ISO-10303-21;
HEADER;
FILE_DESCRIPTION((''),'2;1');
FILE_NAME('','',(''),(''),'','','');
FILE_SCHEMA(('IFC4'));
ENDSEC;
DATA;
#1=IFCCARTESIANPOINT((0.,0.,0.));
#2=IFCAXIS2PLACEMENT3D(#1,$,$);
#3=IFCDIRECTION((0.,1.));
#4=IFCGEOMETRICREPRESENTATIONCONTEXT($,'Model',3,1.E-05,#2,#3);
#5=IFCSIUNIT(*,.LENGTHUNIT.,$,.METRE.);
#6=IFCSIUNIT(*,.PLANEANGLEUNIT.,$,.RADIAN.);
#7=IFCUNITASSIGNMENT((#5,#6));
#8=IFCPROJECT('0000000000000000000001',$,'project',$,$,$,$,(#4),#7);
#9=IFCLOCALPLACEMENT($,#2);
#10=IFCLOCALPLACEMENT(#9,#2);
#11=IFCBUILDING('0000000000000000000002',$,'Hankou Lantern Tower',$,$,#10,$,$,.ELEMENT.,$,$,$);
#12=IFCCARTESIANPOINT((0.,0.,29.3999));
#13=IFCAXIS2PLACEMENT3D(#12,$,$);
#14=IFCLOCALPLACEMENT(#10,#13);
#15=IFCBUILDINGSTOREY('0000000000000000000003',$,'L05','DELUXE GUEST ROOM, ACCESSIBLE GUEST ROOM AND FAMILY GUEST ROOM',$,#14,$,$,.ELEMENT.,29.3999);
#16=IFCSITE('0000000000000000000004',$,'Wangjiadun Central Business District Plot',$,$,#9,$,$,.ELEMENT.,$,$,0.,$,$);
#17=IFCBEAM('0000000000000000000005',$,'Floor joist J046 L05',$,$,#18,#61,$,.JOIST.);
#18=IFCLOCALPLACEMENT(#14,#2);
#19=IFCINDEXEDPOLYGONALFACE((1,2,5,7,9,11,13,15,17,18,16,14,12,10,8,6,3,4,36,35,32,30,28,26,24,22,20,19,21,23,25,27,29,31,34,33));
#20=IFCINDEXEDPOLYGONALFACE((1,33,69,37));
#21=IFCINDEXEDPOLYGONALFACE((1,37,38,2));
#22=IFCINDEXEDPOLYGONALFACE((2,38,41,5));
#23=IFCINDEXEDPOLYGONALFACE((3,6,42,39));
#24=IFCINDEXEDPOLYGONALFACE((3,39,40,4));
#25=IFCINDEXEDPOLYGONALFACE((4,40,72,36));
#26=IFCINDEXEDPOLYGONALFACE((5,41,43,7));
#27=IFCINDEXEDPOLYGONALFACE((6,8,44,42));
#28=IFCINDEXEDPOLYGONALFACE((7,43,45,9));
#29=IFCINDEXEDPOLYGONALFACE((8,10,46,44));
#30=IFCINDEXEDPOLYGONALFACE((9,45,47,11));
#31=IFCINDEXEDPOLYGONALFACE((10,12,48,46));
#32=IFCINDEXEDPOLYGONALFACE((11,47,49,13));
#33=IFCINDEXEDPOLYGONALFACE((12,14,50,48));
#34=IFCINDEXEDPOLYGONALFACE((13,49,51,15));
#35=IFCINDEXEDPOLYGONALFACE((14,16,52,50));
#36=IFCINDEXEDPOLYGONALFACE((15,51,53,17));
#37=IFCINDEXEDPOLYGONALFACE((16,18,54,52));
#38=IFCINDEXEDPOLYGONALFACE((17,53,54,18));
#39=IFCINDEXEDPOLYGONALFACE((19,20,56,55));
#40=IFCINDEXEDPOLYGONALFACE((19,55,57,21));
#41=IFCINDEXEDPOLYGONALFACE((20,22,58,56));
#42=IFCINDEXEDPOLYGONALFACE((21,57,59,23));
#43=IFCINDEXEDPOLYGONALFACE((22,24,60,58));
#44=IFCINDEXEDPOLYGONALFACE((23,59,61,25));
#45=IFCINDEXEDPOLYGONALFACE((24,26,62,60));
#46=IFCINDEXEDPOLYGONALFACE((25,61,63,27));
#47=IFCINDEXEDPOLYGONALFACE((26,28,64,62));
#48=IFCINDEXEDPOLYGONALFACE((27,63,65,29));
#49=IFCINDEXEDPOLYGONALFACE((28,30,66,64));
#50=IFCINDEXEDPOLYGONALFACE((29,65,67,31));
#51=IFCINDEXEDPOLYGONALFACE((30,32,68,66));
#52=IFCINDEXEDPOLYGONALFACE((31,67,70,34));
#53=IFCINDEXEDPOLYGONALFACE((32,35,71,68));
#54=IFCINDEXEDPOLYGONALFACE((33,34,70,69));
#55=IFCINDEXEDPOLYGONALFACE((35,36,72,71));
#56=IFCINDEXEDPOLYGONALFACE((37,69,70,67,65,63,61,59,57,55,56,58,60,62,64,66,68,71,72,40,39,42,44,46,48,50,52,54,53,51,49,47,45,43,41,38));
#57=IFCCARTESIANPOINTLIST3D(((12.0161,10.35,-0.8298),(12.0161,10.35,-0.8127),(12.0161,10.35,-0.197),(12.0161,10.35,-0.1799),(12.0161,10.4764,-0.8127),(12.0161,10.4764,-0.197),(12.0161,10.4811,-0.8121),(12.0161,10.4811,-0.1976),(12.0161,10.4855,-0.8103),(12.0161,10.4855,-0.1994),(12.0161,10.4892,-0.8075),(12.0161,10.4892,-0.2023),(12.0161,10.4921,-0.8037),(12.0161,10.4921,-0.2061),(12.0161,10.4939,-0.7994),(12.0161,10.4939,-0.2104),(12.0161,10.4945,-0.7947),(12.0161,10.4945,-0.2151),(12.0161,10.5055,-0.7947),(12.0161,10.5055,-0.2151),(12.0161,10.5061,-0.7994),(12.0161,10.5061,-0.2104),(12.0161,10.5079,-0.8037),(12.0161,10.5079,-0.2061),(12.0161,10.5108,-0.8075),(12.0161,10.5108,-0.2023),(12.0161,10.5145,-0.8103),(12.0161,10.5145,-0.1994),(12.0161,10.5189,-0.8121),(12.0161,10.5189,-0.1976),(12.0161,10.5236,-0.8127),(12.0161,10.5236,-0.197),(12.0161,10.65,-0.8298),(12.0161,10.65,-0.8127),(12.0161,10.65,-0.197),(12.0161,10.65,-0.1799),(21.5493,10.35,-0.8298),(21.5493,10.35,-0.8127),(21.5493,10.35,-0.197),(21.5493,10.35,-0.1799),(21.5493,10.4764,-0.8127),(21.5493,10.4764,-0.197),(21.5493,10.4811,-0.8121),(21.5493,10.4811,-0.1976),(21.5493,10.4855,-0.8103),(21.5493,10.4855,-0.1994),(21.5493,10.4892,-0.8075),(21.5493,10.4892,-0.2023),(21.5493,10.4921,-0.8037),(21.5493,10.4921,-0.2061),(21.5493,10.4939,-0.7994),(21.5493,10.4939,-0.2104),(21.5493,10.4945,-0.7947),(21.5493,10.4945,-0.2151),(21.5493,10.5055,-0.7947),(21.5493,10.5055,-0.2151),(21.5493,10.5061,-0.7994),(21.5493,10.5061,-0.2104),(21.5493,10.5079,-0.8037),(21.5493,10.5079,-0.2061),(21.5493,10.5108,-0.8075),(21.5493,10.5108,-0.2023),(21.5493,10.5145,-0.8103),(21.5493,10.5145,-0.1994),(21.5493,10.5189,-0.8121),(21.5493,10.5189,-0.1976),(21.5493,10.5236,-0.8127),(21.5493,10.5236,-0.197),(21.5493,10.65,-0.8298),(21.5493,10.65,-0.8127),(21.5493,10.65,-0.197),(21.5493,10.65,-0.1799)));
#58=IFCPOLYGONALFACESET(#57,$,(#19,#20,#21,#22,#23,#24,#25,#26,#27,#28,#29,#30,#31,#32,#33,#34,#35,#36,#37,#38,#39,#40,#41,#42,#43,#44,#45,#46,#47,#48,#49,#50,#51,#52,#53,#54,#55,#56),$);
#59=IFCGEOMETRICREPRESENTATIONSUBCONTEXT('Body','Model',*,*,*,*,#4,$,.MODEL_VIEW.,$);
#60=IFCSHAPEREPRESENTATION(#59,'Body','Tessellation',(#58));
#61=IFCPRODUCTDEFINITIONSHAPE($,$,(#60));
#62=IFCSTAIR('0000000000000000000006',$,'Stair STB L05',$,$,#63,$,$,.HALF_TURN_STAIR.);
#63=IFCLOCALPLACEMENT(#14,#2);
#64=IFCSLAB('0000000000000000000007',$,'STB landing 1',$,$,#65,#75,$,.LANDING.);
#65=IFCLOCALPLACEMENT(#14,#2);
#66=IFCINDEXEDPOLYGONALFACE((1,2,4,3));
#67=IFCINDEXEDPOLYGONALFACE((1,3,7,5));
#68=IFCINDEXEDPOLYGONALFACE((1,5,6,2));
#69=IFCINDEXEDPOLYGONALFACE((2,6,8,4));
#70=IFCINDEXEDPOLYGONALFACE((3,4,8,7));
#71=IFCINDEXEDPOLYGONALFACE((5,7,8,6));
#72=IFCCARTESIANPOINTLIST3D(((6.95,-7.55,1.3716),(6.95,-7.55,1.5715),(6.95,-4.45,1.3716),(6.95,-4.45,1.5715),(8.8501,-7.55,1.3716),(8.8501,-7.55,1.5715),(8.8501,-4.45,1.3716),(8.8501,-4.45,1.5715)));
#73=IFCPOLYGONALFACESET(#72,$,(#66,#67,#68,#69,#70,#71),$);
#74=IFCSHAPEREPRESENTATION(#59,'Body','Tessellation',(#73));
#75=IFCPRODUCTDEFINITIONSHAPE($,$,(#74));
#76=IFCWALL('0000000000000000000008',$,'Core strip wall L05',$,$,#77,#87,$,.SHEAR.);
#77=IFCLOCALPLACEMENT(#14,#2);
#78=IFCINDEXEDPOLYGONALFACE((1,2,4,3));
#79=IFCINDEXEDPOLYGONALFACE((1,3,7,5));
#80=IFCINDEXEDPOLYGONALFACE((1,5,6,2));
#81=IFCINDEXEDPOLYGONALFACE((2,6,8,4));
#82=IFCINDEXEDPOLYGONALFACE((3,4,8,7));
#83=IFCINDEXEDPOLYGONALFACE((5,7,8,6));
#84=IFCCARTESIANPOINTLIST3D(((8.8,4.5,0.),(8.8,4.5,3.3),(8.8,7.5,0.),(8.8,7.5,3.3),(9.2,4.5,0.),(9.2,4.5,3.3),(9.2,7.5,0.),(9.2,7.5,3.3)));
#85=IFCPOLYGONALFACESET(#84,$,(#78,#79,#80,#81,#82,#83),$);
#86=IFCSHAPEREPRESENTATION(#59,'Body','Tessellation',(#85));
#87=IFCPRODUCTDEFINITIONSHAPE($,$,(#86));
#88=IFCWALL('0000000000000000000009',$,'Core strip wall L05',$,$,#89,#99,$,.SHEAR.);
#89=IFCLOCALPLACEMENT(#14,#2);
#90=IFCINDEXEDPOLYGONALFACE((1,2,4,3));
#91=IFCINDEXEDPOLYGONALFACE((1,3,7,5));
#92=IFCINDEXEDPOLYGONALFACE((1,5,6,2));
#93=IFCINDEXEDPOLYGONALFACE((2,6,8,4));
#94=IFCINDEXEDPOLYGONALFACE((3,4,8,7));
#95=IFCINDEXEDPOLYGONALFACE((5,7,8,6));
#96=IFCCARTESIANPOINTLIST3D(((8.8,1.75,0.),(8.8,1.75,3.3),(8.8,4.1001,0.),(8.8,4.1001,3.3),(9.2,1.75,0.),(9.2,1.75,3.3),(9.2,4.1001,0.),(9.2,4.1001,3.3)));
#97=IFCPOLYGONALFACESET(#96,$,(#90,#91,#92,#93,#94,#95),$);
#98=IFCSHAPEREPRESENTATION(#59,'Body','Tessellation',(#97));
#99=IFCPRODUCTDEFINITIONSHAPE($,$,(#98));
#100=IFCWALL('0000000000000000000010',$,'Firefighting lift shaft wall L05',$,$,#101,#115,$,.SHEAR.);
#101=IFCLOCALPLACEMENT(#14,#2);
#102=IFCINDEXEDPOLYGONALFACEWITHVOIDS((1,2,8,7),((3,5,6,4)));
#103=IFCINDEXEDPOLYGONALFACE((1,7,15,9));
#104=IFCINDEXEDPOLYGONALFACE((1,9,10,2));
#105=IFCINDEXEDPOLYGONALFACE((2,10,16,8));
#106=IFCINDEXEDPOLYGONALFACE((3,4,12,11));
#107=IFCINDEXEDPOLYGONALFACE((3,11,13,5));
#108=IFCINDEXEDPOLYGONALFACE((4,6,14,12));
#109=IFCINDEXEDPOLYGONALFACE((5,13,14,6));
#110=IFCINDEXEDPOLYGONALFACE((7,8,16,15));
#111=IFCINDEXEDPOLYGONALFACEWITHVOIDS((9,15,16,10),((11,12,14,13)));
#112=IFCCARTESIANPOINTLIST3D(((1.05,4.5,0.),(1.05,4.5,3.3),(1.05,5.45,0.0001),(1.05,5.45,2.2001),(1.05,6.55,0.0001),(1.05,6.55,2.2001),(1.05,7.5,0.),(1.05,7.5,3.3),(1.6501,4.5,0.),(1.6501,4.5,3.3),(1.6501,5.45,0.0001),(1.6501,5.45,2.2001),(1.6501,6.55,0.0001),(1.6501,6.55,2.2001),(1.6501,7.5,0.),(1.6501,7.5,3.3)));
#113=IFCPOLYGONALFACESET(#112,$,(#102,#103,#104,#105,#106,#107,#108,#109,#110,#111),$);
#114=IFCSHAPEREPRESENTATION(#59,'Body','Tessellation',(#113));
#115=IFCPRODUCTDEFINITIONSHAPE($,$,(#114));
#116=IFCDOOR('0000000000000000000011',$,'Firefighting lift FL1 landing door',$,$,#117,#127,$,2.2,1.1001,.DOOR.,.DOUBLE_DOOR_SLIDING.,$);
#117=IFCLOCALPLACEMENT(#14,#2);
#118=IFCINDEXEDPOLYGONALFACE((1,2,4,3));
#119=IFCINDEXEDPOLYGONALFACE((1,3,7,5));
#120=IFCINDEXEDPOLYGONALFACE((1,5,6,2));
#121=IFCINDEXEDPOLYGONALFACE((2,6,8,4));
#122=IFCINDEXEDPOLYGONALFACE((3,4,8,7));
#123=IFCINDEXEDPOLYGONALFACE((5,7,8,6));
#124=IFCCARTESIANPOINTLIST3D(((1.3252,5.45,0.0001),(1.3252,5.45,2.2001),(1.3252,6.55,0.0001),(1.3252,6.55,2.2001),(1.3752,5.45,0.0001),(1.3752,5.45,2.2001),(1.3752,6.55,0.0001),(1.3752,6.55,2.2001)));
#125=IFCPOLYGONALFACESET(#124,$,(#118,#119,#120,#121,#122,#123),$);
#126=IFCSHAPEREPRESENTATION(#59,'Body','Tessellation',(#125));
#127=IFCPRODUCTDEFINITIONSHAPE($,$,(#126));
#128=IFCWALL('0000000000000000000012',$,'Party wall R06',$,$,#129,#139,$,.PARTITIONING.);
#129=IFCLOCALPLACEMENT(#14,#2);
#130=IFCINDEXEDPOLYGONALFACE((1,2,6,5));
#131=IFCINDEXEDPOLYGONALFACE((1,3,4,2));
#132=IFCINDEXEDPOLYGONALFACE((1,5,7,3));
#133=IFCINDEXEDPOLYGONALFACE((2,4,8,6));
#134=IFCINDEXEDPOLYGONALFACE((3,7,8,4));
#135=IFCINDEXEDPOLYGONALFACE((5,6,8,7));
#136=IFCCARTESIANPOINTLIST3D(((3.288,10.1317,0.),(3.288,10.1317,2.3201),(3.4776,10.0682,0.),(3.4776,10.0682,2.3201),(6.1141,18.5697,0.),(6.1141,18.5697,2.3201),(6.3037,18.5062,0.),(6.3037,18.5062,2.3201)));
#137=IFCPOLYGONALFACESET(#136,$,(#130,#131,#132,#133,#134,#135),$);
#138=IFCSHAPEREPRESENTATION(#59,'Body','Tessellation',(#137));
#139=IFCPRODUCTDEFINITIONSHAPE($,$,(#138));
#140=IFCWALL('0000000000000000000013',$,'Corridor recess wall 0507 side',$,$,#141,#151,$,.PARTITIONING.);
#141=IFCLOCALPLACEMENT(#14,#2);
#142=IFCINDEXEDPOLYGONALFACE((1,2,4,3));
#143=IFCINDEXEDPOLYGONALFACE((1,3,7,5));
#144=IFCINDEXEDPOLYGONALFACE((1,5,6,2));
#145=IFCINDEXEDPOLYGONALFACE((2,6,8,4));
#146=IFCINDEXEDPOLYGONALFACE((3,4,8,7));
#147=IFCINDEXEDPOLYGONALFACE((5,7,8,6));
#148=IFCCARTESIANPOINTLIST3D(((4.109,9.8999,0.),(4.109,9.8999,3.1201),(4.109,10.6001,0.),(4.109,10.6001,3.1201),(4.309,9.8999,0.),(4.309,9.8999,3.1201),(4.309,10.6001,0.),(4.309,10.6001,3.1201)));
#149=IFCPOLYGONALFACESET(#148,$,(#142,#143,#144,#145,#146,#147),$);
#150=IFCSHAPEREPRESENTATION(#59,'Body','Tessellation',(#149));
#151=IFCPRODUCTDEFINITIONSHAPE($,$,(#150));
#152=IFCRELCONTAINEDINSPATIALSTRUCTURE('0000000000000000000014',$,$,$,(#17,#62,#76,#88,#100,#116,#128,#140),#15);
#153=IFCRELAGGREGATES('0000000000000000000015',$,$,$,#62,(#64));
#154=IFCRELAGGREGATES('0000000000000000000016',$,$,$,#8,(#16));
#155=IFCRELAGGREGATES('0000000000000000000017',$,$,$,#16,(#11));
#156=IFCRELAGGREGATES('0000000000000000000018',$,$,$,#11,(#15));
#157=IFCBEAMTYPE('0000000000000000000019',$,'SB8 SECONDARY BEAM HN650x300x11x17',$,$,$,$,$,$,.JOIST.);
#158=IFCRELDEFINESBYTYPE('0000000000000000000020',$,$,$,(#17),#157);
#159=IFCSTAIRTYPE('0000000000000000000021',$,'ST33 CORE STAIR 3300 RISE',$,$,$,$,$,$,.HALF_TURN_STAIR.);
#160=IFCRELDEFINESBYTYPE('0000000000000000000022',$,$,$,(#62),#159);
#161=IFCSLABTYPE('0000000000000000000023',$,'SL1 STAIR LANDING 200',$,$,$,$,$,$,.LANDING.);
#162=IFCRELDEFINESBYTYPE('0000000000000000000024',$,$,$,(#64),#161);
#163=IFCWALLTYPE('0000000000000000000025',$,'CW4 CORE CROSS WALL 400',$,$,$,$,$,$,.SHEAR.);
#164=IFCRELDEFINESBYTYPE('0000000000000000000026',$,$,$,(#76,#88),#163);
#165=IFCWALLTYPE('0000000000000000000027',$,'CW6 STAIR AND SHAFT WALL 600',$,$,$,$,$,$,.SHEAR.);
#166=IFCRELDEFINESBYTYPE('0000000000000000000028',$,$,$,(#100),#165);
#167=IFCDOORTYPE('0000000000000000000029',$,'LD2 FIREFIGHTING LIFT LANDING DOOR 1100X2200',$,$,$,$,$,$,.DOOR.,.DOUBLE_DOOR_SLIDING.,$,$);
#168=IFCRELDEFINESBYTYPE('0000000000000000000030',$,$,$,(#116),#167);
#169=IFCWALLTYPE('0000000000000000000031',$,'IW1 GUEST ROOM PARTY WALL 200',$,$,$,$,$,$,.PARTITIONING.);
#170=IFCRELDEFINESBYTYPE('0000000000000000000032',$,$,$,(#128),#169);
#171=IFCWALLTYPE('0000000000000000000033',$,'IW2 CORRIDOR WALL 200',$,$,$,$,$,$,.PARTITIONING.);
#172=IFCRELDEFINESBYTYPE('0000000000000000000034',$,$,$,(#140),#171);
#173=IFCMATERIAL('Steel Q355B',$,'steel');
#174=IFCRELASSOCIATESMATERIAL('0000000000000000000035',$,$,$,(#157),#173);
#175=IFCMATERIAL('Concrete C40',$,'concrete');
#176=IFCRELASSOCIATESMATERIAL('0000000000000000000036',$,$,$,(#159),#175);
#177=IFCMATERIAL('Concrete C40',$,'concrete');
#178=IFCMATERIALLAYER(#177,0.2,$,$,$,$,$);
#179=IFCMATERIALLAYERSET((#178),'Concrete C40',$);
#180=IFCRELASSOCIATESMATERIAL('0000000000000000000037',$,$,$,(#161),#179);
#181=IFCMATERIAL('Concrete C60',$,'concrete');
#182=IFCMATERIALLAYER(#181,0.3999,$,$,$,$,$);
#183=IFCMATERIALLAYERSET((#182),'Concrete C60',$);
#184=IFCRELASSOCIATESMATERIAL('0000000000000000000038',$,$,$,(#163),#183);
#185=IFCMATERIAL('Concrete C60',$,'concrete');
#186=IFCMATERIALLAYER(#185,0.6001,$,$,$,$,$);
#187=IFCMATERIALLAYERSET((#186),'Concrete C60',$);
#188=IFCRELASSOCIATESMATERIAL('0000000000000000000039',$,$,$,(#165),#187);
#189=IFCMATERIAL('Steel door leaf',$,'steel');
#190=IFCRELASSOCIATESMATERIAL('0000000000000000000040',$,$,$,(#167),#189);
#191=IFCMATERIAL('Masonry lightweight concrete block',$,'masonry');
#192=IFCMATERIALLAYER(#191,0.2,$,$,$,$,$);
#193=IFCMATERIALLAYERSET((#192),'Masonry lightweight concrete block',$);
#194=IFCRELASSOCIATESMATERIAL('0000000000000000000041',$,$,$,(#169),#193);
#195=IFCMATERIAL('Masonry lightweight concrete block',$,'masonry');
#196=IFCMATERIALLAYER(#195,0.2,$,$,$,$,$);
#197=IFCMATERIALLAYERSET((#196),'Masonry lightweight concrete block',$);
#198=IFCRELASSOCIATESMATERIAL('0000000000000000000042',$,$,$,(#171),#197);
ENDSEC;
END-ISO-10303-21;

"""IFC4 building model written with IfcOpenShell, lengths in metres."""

from ifc_helpers import new_model, si_unit, direction, frame, frame_2d, origin, origin_2d, place, context, subcontext, project, spatial, polyline, rectangle, i_section, outline, extrude, material, layer, layer_set, material_profile, profile_set, type_object, element, fill, aggregate, save


model = new_model("IFC4")

# Units and contexts
model_context = context("Model", 3, precision=1e-05, world=origin(), true_north=direction((0.0, 1.0)))
body_context = subcontext(model_context, "Body", "Model", "MODEL_VIEW")
ifc_project = project(units=[si_unit("LENGTHUNIT", "METRE"), si_unit("PLANEANGLEUNIT", "RADIAN")], contexts=[model_context])

# Site, building, storey
site_placement = place(None, origin())
site = spatial("IfcSite", under=ifc_project, at=site_placement, Name="Wangjiadun Central Business District Plot", CompositionType="ELEMENT", RefElevation=0.0)
building_placement = place(site_placement, origin())
building = spatial("IfcBuilding", under=site, at=building_placement, Name="Hankou Lantern Tower", CompositionType="ELEMENT")
storey_placement = place(building_placement, frame((0.0, 0.0, 29.3999)))
storey = spatial("IfcBuildingStorey", under=building, at=storey_placement, Name="L05", Description="DELUXE GUEST ROOM, ACCESSIBLE GUEST ROOM AND FAMILY GUEST ROOM", CompositionType="ELEMENT", Elevation=29.3999)

# Beam
ifc_material_1 = material(Name="Steel Q355B", Category="steel")
ifc_material_profile_1 = material_profile(ifc_material_1, i_section(OverallWidth=0.3, OverallDepth=0.6499, WebThickness=0.011, FlangeThickness=0.0171, FilletRadius=0.0181, at=origin_2d()), Name="HN650x300x11x17")
ifc_profile_set_1 = profile_set([ifc_material_profile_1], Name="Steel Q355B")
beam_type_1 = type_object("IfcBeamType", Name="SB8 SECONDARY BEAM HN650x300x11x17", PredefinedType="JOIST", material=ifc_profile_set_1)
beam_1_placement = place(storey_placement, frame((12.0161, 10.5, -0.5049), z_axis=(1.0, 0.0, 0.0), x_axis=(0.0, 1.0, 0.0)))
element("IfcBeam", 1, at=beam_1_placement, inside=storey, type_object=beam_type_1, Name="Floor joist J046 L05", PredefinedType="JOIST", context=body_context, shape_type="SweptSolid", body=[
    extrude(i_section(OverallWidth=0.3, OverallDepth=0.6499, WebThickness=0.011, FlangeThickness=0.0171, FilletRadius=0.0181, at=origin_2d()), origin(), (0.0, 0.0, 1.0), 9.5332),
])

# Stair, slab
ifc_material_2 = material(Name="Concrete C40", Category="concrete")
stair_type = type_object("IfcStairType", Name="ST33 CORE STAIR 3300 RISE", PredefinedType="HALF_TURN_STAIR", material=ifc_material_2)
stair_placement = place(storey_placement, origin())
stair = element("IfcStair", 2, at=stair_placement, inside=storey, type_object=stair_type, Name="Stair STB L05", PredefinedType="HALF_TURN_STAIR")
ifc_material_3 = material(Name="Concrete C40", Category="concrete")
ifc_layer_1 = layer(ifc_material_3, 0.2)
ifc_layer_set_1 = layer_set([ifc_layer_1], Name="Concrete C40")
slab_type = type_object("IfcSlabType", Name="SL1 STAIR LANDING 200", PredefinedType="LANDING", material=ifc_layer_set_1)
slab_placement = place(storey_placement, frame((0.0, 0.0, 1.3716)))
slab = element("IfcSlab", 3, at=slab_placement, type_object=slab_type, Name="STB landing 1", PredefinedType="LANDING", context=body_context, shape_type="SweptSolid", body=[
    extrude(outline(polyline([(8.8501, -4.45), (6.95, -4.45), (6.95, -7.55), (8.8501, -7.55), (8.8501, -4.45)])), origin(), (0.0, 0.0, 1.0), 0.2),
])
aggregate(stair, [slab])

# Walls
ifc_material_4 = material(Name="Concrete C60", Category="concrete")
ifc_layer_2 = layer(ifc_material_4, 0.3999)
ifc_layer_set_2 = layer_set([ifc_layer_2], Name="Concrete C60")
wall_type_1 = type_object("IfcWallType", Name="CW4 CORE CROSS WALL 400", PredefinedType="SHEAR", material=ifc_layer_set_2)
wall_1_placement = place(storey_placement, frame((9.0, 4.5, 0.0), z_axis=(0.0, 0.0, 1.0), x_axis=(0.0, 1.0, 0.0)))
element("IfcWall", 4, at=wall_1_placement, inside=storey, type_object=wall_type_1, Name="Core strip wall L05", PredefinedType="SHEAR", context=body_context, shape_type="SweptSolid", body=[
    extrude(rectangle(XDim=3.0, YDim=0.3999, at=frame_2d((1.5, 0.0))), origin(), (0.0, 0.0, 1.0), 3.3),
])
wall_2_placement = place(storey_placement, frame((9.0, 1.75, 0.0), z_axis=(0.0, 0.0, 1.0), x_axis=(0.0, 1.0, 0.0)))
element("IfcWall", 5, at=wall_2_placement, inside=storey, type_object=wall_type_1, Name="Core strip wall L05", PredefinedType="SHEAR", context=body_context, shape_type="SweptSolid", body=[
    extrude(rectangle(XDim=2.3501, YDim=0.3999, at=frame_2d((1.175, 0.0))), origin(), (0.0, 0.0, 1.0), 3.3),
])

# Wall, opening, door
ifc_material_5 = material(Name="Concrete C60", Category="concrete")
ifc_layer_3 = layer(ifc_material_5, 0.6001)
ifc_layer_set_3 = layer_set([ifc_layer_3], Name="Concrete C60")
wall_type_2 = type_object("IfcWallType", Name="CW6 STAIR AND SHAFT WALL 600", PredefinedType="SHEAR", material=ifc_layer_set_3)
wall_3_placement = place(storey_placement, frame((1.3501, 4.5, 0.0), z_axis=(0.0, 0.0, 1.0), x_axis=(0.0, 1.0, 0.0)))
wall_3 = element("IfcWall", 6, at=wall_3_placement, inside=storey, type_object=wall_type_2, Name="Firefighting lift shaft wall L05", PredefinedType="SHEAR", context=body_context, shape_type="SweptSolid", body=[
    extrude(rectangle(XDim=3.0, YDim=0.6001, at=frame_2d((1.5, 0.0))), origin(), (0.0, 0.0, 1.0), 3.3),
])
opening_1_placement = place(wall_3_placement, frame((0.95, 0.0, 0.0)))
opening_1 = element("IfcOpeningElement", 7, at=opening_1_placement, cuts=wall_3, PredefinedType="OPENING", context=body_context, shape_type="SweptSolid", body=[
    extrude(rectangle(XDim=1.1001, YDim=2.2, at=frame_2d((0.55, 1.1001))), frame((0.0, 0.3101, 0.0), z_axis=(0.0, -1.0, 0.0), x_axis=(1.0, 0.0, 0.0)), (0.0, 0.0, 1.0), 0.6201),
])
ifc_material_6 = material(Name="Steel door leaf", Category="steel")
door_type_1 = type_object("IfcDoorType", Name="LD2 FIREFIGHTING LIFT LANDING DOOR 1100X2200", OperationType="DOUBLE_DOOR_SLIDING", PredefinedType="DOOR", material=ifc_material_6)
door_1_placement = place(opening_1_placement, origin())
door_1 = element("IfcDoor", 8, at=door_1_placement, inside=storey, type_object=door_type_1, Name="Firefighting lift FL1 landing door", OperationType="DOUBLE_DOOR_SLIDING", OverallHeight=2.2, OverallWidth=1.1001, PredefinedType="DOOR", context=body_context, shape_type="SweptSolid", body=[
    extrude(rectangle(XDim=1.1001, YDim=2.2, at=frame_2d((0.55, 1.1001))), frame((0.0, 0.0249, 0.0), z_axis=(0.0, -1.0, 0.0), x_axis=(1.0, 0.0, 0.0)), (0.0, 0.0, 1.0), 0.05),
])
fill(opening_1, door_1)

# Walls
ifc_material_7 = material(Name="Masonry lightweight concrete block", Category="masonry")
ifc_layer_4 = layer(ifc_material_7, 0.2)
ifc_layer_set_4 = layer_set([ifc_layer_4], Name="Masonry lightweight concrete block")
wall_type_3 = type_object("IfcWallType", Name="IW1 GUEST ROOM PARTY WALL 200", PredefinedType="PARTITIONING", material=ifc_layer_set_4)
wall_4_placement = place(storey_placement, frame((3.3828, 10.1001, 0.0), z_axis=(0.0, 0.0, 1.0), x_axis=(0.317594, 0.948227, 0.0)))
element("IfcWall", 9, at=wall_4_placement, inside=storey, type_object=wall_type_3, Name="Party wall R06", PredefinedType="PARTITIONING", context=body_context, shape_type="SweptSolid", body=[
    extrude(rectangle(XDim=8.8987, YDim=0.2, at=frame_2d((4.4492, 0.0))), origin(), (0.0, 0.0, 1.0), 2.3201),
])
ifc_material_8 = material(Name="Masonry lightweight concrete block", Category="masonry")
ifc_layer_5 = layer(ifc_material_8, 0.2)
ifc_layer_set_5 = layer_set([ifc_layer_5], Name="Masonry lightweight concrete block")
wall_type_4 = type_object("IfcWallType", Name="IW2 CORRIDOR WALL 200", PredefinedType="PARTITIONING", material=ifc_layer_set_5)
wall_5_placement = place(storey_placement, frame((4.209, 9.8999, 0.0), z_axis=(0.0, 0.0, 1.0), x_axis=(0.0, 1.0, 0.0)))
element("IfcWall", 10, at=wall_5_placement, inside=storey, type_object=wall_type_4, Name="Corridor recess wall 0507 side", PredefinedType="PARTITIONING", context=body_context, shape_type="SweptSolid", body=[
    extrude(rectangle(XDim=0.7002, YDim=0.2, at=frame_2d((0.3501, 0.0))), origin(), (0.0, 0.0, 1.0), 3.1201),
])

save(model, "model.ifc")
